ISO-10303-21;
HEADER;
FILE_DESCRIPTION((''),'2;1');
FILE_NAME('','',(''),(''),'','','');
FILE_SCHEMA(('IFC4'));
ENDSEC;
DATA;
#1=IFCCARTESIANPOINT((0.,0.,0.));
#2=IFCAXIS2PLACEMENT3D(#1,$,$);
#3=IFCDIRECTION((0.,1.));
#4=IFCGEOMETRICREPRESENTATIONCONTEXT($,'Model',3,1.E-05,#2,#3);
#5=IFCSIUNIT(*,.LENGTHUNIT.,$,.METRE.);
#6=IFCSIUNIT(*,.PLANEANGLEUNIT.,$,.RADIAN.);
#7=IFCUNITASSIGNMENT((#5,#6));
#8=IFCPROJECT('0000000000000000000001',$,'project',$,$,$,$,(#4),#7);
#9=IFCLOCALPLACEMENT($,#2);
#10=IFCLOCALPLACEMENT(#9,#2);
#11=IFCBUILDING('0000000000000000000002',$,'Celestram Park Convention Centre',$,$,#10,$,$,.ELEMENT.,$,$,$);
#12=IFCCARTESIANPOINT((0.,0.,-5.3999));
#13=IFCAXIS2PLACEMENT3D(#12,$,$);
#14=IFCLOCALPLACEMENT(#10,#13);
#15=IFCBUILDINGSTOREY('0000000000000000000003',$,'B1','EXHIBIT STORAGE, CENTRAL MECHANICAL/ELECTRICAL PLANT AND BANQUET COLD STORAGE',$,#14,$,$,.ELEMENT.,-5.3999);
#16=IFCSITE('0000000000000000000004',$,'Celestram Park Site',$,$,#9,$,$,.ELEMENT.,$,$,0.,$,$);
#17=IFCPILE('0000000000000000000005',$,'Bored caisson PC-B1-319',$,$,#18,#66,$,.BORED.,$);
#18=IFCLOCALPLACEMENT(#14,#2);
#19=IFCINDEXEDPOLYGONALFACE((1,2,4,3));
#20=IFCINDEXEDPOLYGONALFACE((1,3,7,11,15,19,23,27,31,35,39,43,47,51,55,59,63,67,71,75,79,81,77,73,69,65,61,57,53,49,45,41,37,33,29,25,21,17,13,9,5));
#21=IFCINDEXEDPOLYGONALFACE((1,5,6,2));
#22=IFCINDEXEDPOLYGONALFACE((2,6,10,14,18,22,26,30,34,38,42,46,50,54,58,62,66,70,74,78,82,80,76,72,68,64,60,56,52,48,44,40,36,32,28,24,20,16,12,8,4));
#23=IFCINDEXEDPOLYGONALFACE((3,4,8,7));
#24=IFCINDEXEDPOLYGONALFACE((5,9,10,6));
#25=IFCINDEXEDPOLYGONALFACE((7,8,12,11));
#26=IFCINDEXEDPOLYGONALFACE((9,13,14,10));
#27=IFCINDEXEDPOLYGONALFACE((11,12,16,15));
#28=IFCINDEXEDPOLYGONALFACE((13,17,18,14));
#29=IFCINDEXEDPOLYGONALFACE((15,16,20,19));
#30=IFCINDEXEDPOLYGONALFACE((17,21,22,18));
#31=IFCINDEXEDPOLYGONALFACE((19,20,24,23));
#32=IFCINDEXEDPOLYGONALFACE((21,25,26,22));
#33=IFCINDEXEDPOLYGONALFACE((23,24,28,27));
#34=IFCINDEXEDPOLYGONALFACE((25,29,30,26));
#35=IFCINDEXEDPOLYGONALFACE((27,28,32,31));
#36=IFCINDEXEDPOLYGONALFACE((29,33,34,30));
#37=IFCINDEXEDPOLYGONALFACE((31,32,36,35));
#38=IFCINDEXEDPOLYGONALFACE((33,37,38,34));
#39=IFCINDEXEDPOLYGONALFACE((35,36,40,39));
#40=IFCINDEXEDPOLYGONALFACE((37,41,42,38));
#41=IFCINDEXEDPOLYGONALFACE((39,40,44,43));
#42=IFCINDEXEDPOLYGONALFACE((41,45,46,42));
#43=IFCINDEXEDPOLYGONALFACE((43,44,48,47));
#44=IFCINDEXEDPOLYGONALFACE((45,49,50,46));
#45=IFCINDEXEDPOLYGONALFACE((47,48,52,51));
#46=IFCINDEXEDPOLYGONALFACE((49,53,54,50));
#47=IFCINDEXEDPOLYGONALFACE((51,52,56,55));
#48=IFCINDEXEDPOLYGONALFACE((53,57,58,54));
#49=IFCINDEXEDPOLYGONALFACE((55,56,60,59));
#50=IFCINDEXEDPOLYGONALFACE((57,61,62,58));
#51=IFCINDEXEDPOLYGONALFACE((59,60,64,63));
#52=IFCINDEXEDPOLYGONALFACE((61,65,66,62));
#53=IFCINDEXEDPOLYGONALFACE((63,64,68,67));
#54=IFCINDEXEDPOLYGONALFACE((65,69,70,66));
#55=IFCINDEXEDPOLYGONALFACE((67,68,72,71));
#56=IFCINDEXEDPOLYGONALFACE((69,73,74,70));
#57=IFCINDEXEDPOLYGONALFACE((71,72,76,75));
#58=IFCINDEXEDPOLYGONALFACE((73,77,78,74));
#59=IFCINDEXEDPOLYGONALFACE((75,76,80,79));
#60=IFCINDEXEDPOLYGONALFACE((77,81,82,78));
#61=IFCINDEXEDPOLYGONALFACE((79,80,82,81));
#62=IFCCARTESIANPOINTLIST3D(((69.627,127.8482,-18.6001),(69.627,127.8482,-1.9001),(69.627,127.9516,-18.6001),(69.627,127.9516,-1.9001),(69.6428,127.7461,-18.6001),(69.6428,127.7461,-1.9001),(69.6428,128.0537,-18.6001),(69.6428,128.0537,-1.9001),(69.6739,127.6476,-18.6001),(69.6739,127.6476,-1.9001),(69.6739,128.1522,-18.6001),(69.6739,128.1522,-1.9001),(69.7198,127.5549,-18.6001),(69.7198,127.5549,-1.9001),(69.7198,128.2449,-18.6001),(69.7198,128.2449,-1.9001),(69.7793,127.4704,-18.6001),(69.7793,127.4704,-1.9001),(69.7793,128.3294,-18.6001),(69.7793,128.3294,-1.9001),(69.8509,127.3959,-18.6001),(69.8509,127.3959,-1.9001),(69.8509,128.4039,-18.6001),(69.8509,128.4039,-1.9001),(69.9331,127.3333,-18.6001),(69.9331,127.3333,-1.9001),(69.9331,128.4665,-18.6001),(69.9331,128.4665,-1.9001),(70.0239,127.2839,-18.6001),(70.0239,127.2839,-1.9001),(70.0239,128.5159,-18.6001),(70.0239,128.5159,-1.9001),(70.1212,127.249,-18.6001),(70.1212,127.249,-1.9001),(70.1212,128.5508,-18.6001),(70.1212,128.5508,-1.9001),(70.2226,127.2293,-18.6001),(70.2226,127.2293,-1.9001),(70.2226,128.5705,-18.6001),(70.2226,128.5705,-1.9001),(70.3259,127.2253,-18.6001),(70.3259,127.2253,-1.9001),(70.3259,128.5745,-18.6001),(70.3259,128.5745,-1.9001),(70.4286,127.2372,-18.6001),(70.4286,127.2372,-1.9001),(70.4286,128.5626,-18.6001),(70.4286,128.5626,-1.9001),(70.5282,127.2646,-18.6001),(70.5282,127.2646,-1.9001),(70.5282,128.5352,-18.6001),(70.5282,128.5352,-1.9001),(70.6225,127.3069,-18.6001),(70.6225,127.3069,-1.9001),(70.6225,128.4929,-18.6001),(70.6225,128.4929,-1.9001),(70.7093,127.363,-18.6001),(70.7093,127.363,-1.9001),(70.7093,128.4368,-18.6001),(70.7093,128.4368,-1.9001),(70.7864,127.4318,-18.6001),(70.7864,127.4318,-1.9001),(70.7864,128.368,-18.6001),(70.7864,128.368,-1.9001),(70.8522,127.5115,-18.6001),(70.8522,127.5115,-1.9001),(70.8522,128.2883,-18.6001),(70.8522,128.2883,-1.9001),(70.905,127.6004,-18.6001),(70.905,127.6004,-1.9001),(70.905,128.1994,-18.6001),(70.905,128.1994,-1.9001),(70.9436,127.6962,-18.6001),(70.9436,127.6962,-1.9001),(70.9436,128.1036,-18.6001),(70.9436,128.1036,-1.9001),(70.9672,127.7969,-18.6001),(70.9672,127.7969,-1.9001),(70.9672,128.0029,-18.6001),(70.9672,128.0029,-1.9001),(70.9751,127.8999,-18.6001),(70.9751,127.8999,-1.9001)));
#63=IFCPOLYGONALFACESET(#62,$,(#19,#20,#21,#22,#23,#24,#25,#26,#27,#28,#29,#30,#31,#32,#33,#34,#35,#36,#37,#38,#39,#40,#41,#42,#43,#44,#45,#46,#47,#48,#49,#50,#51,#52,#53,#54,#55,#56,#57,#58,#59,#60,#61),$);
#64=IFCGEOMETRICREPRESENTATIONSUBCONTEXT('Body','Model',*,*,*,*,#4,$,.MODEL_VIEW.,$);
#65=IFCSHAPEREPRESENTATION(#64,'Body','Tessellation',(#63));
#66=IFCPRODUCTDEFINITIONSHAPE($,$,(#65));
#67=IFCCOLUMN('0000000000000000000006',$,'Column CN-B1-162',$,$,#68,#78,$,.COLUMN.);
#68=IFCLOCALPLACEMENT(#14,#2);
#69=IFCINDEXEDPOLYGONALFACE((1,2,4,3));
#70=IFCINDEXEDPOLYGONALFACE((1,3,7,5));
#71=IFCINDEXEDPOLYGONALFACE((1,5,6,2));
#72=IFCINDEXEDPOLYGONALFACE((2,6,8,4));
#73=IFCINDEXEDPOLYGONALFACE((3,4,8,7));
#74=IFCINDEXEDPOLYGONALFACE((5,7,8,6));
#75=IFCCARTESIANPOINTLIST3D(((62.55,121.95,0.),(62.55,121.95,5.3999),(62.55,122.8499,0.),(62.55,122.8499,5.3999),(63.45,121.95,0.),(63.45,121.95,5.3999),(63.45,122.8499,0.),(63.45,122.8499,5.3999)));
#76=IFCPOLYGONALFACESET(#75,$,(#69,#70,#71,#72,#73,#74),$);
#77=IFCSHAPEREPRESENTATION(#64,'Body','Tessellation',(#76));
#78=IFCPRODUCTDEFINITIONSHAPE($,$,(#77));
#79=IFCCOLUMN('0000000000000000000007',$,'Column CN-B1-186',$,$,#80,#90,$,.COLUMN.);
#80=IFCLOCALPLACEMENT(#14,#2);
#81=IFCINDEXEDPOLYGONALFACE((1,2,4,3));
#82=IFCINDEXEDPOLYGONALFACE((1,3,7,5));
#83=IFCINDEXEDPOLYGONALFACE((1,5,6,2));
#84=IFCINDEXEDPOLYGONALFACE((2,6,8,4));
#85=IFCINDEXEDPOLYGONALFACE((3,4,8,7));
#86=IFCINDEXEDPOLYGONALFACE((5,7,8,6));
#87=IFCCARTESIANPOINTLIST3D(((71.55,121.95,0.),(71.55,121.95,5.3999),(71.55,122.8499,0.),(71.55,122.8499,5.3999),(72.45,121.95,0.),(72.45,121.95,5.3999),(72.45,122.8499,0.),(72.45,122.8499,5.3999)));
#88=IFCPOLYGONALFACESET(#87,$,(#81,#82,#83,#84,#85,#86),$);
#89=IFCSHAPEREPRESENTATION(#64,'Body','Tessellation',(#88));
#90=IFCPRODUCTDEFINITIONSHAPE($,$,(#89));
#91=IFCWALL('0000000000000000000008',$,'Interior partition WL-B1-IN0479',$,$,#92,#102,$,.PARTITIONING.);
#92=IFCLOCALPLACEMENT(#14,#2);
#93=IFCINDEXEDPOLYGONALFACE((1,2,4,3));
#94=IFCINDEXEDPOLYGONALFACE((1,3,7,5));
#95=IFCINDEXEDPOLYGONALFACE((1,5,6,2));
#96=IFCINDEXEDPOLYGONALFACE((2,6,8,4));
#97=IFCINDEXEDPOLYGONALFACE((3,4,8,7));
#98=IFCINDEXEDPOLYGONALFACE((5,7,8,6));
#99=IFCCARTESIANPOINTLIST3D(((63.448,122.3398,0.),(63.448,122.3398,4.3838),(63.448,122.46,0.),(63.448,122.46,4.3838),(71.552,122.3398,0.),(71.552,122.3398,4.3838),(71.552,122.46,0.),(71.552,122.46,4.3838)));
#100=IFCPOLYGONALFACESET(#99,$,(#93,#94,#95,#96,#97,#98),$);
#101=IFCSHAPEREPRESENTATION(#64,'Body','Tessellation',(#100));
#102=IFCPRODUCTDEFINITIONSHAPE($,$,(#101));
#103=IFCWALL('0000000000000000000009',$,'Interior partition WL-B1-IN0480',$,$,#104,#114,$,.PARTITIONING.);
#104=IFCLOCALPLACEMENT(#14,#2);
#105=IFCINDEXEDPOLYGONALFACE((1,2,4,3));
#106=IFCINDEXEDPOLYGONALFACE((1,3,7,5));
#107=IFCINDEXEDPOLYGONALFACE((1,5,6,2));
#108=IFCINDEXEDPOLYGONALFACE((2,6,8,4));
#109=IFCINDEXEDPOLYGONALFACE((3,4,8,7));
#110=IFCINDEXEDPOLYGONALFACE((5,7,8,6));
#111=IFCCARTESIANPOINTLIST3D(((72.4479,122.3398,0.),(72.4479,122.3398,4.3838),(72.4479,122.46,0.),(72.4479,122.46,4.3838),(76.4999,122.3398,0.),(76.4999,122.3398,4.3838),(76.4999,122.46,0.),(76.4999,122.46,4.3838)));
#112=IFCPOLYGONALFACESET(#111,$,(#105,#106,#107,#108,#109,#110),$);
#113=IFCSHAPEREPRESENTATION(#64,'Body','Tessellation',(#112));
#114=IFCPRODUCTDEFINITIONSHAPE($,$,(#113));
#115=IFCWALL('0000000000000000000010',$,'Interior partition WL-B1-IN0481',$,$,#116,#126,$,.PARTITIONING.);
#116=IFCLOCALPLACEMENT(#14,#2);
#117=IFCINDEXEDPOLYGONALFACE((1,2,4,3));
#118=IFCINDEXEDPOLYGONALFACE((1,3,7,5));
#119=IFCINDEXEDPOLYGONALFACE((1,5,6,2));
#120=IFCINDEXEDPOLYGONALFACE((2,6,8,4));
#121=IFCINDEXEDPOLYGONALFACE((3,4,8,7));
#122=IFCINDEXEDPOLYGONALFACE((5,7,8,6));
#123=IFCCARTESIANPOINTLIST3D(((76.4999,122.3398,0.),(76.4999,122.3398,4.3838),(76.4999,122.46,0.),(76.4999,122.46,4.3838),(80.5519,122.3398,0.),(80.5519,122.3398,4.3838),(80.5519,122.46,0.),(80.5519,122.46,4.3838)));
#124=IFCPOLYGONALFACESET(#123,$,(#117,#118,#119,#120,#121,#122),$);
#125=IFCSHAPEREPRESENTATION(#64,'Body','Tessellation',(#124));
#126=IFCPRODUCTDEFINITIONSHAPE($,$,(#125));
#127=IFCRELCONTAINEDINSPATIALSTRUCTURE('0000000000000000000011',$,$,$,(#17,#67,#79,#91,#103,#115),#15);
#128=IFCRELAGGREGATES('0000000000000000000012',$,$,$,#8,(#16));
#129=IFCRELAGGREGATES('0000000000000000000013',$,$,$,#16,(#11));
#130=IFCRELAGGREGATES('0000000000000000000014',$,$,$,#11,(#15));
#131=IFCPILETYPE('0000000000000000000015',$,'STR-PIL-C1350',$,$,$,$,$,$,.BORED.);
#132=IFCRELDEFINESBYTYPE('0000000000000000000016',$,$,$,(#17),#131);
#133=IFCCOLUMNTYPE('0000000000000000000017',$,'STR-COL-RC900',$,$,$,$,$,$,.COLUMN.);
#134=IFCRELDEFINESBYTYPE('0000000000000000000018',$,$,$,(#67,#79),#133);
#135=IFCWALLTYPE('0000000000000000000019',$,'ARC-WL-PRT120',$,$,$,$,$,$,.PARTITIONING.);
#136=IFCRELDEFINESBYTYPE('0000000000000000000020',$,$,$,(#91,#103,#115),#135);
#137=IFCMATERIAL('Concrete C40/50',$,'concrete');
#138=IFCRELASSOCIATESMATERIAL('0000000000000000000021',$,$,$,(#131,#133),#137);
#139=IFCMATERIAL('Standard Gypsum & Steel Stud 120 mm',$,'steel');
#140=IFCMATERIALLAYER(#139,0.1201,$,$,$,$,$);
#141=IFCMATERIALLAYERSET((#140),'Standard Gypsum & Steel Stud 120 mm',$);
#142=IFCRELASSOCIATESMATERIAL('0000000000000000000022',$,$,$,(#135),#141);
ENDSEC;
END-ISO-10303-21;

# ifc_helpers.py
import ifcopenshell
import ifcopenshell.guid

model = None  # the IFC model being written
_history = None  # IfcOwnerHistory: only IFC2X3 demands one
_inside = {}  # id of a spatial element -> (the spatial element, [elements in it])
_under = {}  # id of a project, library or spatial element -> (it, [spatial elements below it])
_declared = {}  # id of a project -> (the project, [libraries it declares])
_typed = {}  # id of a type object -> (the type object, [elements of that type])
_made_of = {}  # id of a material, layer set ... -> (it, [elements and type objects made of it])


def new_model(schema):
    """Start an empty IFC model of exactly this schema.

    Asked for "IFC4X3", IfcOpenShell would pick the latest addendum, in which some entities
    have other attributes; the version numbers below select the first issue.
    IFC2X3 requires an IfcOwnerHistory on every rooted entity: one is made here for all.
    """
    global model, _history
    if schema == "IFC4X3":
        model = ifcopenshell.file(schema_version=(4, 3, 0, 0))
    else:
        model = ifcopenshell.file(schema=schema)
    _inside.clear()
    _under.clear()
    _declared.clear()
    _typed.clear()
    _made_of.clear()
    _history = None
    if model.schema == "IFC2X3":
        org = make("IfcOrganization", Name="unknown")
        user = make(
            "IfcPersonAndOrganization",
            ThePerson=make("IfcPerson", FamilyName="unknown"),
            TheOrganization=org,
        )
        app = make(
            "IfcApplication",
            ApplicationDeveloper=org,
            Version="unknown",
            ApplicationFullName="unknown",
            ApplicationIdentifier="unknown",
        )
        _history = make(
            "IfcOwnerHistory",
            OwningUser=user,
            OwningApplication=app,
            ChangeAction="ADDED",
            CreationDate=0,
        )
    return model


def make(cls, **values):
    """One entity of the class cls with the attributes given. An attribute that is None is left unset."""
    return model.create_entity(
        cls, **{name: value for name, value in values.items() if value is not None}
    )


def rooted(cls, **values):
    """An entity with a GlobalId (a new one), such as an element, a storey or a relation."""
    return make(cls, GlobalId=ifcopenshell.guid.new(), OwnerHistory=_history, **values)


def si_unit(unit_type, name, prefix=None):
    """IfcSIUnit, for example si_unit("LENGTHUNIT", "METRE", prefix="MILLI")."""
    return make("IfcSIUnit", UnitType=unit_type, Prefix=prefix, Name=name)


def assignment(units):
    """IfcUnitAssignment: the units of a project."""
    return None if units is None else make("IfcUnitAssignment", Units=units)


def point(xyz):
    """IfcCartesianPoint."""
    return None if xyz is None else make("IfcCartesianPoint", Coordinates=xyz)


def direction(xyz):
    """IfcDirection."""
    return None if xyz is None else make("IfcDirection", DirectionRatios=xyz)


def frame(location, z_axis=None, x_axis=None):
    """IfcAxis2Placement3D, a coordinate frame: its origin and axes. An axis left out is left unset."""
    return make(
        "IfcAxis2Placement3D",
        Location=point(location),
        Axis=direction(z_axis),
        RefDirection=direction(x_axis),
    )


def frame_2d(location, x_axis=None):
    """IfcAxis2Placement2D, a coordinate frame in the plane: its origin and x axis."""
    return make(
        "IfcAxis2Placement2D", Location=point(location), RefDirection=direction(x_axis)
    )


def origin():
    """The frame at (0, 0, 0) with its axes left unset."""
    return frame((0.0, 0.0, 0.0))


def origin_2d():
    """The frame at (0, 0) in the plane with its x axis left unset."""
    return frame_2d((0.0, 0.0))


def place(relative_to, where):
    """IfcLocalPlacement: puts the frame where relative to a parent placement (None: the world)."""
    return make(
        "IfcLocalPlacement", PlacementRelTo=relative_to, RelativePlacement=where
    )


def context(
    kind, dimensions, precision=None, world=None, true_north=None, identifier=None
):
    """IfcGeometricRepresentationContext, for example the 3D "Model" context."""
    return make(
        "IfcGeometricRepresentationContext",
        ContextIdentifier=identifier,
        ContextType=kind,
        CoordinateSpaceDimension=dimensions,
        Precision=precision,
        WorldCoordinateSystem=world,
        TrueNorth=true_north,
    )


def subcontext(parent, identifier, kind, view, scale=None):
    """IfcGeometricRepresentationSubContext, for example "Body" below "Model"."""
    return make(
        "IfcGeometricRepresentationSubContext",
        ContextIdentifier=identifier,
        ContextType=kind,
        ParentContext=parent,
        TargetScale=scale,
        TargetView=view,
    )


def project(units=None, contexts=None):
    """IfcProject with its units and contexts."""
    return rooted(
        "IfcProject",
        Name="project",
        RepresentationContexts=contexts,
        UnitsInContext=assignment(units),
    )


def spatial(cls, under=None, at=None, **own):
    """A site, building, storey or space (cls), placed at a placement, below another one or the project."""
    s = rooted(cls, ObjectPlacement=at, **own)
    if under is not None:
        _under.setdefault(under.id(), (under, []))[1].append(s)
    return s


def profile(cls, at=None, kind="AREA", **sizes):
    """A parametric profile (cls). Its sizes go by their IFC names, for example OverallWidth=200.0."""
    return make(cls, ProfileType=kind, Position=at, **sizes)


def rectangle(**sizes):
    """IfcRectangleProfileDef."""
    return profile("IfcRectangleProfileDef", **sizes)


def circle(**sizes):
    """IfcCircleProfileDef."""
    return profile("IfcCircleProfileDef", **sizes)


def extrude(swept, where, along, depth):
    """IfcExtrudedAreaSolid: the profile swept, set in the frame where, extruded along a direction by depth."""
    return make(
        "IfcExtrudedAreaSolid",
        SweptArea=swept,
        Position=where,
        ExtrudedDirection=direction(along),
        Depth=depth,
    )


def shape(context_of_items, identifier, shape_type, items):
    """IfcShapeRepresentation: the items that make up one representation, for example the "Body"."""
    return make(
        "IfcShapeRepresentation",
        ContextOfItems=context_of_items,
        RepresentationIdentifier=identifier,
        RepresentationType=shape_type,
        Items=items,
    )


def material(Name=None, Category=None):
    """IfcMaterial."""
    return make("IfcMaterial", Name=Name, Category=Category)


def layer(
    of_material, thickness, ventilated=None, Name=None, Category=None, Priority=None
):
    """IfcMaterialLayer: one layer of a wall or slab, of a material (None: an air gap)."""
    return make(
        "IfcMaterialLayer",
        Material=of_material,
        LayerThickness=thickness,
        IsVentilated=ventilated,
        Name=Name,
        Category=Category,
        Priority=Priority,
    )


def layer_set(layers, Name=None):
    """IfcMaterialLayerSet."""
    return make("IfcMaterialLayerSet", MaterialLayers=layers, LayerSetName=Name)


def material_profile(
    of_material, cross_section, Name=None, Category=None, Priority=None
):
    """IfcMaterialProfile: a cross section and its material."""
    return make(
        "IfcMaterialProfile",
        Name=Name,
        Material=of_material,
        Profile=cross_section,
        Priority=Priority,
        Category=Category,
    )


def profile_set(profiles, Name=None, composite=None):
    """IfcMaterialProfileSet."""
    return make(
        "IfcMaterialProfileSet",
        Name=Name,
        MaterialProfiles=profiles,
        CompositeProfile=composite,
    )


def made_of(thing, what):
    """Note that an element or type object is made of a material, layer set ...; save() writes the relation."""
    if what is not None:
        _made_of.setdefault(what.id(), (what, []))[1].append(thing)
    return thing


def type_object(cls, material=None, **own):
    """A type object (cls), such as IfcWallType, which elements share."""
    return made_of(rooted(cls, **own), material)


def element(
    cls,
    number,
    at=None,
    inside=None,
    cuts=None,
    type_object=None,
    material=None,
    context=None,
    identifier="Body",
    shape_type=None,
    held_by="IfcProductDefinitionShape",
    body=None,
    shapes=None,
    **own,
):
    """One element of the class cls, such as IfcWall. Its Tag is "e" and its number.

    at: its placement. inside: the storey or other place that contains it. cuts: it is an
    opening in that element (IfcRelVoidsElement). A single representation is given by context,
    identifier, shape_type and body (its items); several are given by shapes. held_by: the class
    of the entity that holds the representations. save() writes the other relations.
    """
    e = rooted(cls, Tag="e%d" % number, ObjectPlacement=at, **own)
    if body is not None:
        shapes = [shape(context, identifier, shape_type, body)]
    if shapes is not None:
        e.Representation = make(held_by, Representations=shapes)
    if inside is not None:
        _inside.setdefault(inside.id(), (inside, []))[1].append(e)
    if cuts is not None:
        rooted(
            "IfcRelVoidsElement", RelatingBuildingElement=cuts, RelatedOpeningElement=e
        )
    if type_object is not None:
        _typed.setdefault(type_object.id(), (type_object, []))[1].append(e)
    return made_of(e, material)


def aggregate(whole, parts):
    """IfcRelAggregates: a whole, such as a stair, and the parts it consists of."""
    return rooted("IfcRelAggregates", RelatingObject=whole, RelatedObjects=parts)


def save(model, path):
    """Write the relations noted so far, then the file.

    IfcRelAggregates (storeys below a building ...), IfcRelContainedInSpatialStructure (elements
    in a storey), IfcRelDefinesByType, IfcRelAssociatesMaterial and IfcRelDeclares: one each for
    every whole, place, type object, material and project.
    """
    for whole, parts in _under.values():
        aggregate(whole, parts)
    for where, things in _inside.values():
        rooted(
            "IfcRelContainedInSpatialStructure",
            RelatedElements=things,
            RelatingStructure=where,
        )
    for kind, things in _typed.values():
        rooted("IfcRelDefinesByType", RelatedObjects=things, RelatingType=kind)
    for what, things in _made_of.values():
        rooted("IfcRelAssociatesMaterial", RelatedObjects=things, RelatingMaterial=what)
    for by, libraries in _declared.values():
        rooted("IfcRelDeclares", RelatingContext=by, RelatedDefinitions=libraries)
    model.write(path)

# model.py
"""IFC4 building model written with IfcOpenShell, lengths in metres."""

from ifc_helpers import new_model, si_unit, direction, frame, frame_2d, origin, origin_2d, place, context, subcontext, project, spatial, rectangle, circle, extrude, material, layer, layer_set, material_profile, profile_set, type_object, element, save


model = new_model("IFC4")

# Units and contexts
model_context = context("Model", 3, precision=1e-05, world=origin(), true_north=direction((0.0, 1.0)))
body_context = subcontext(model_context, "Body", "Model", "MODEL_VIEW")
ifc_project = project(units=[si_unit("LENGTHUNIT", "METRE"), si_unit("PLANEANGLEUNIT", "RADIAN")], contexts=[model_context])

# Site, building, storey
site_placement = place(None, origin())
site = spatial("IfcSite", under=ifc_project, at=site_placement, Name="Celestram Park Site", CompositionType="ELEMENT", RefElevation=0.0)
building_placement = place(site_placement, origin())
building = spatial("IfcBuilding", under=site, at=building_placement, Name="Celestram Park Convention Centre", CompositionType="ELEMENT")
storey_placement = place(building_placement, frame((0.0, 0.0, -5.3999)))
storey = spatial("IfcBuildingStorey", under=building, at=storey_placement, Name="B1", Description="EXHIBIT STORAGE, CENTRAL MECHANICAL/ELECTRICAL PLANT AND BANQUET COLD STORAGE", CompositionType="ELEMENT", Elevation=-5.3999)

# Shared definitions
ifc_material_1 = material(Name="Concrete C40/50", Category="concrete")

# Pile
ifc_material_profile_1 = material_profile(ifc_material_1, circle(Radius=0.675, at=origin_2d()), Name="CAISSON1350")
ifc_profile_set_1 = profile_set([ifc_material_profile_1], Name="Concrete C40/50")
pile_type = type_object("IfcPileType", Name="STR-PIL-C1350", PredefinedType="BORED", material=ifc_profile_set_1)
for number, where, z_axis, x_axis, name in (
    (1, (70.3, 127.8999, -1.9001), (0.0, 0.0, -1.0), (1.0, 0.0, 0.0), "Bored caisson PC-B1-319"),
):
    element("IfcPile", number, at=place(storey_placement, frame(where, z_axis=z_axis, x_axis=x_axis)), inside=storey, type_object=pile_type, Name=name, PredefinedType="BORED", context=body_context, shape_type="SweptSolid", body=[
        extrude(circle(Radius=0.675, at=origin_2d()), origin(), (0.0, 0.0, 1.0), 16.7),
    ])

# Columns
ifc_material_profile_2 = material_profile(ifc_material_1, rectangle(XDim=0.8999, YDim=0.8999, at=origin_2d()), Name="RC900X900")
ifc_profile_set_2 = profile_set([ifc_material_profile_2], Name="Concrete C40/50")
column_type = type_object("IfcColumnType", Name="STR-COL-RC900", PredefinedType="COLUMN", material=ifc_profile_set_2)
for number, where, z_axis, x_axis, name in (
    (2, (63.0, 122.3999, 0.0), (0.0, 0.0, 1.0), (1.0, 0.0, 0.0), "Column CN-B1-162"),
    (3, (72.0, 122.3999, 0.0), (0.0, 0.0, 1.0), (1.0, 0.0, 0.0), "Column CN-B1-186"),
):
    element("IfcColumn", number, at=place(storey_placement, frame(where, z_axis=z_axis, x_axis=x_axis)), inside=storey, type_object=column_type, Name=name, PredefinedType="COLUMN", context=body_context, shape_type="SweptSolid", body=[
        extrude(rectangle(XDim=0.8999, YDim=0.8999, at=origin_2d()), origin(), (0.0, 0.0, 1.0), 5.3999),
    ])

# Walls
ifc_material_2 = material(Name="Standard Gypsum & Steel Stud 120 mm", Category="steel")
ifc_layer = layer(ifc_material_2, 0.1201)
ifc_layer_set = layer_set([ifc_layer], Name="Standard Gypsum & Steel Stud 120 mm")
wall_type = type_object("IfcWallType", Name="ARC-WL-PRT120", PredefinedType="PARTITIONING", material=ifc_layer_set)
wall_placement = place(storey_placement, frame((63.448, 122.3999, 0.0), z_axis=(0.0, 0.0, 1.0), x_axis=(1.0, 0.0, 0.0)))
element("IfcWall", 4, at=wall_placement, inside=storey, type_object=wall_type, Name="Interior partition WL-B1-IN0479", PredefinedType="PARTITIONING", context=body_context, shape_type="SweptSolid", body=[
    extrude(rectangle(XDim=8.104, YDim=0.1201, at=frame_2d((4.052, 0.0))), origin(), (0.0, 0.0, 1.0), 4.3838),
])
for number, where, z_axis, x_axis, name in (
    (5, (72.448, 122.3999, 0.0), (0.0, 0.0, 1.0), (1.0, 0.0, 0.0), "Interior partition WL-B1-IN0480"),
    (6, (76.5, 122.3999, 0.0), (0.0, 0.0, 1.0), (1.0, 0.0, 0.0), "Interior partition WL-B1-IN0481"),
):
    element("IfcWall", number, at=place(storey_placement, frame(where, z_axis=z_axis, x_axis=x_axis)), inside=storey, type_object=wall_type, Name=name, PredefinedType="PARTITIONING", context=body_context, shape_type="SweptSolid", body=[
        extrude(rectangle(XDim=4.052, YDim=0.1201, at=frame_2d((2.0259, 0.0))), origin(), (0.0, 0.0, 1.0), 4.3838),
    ])

save(model, "model.ifc")
